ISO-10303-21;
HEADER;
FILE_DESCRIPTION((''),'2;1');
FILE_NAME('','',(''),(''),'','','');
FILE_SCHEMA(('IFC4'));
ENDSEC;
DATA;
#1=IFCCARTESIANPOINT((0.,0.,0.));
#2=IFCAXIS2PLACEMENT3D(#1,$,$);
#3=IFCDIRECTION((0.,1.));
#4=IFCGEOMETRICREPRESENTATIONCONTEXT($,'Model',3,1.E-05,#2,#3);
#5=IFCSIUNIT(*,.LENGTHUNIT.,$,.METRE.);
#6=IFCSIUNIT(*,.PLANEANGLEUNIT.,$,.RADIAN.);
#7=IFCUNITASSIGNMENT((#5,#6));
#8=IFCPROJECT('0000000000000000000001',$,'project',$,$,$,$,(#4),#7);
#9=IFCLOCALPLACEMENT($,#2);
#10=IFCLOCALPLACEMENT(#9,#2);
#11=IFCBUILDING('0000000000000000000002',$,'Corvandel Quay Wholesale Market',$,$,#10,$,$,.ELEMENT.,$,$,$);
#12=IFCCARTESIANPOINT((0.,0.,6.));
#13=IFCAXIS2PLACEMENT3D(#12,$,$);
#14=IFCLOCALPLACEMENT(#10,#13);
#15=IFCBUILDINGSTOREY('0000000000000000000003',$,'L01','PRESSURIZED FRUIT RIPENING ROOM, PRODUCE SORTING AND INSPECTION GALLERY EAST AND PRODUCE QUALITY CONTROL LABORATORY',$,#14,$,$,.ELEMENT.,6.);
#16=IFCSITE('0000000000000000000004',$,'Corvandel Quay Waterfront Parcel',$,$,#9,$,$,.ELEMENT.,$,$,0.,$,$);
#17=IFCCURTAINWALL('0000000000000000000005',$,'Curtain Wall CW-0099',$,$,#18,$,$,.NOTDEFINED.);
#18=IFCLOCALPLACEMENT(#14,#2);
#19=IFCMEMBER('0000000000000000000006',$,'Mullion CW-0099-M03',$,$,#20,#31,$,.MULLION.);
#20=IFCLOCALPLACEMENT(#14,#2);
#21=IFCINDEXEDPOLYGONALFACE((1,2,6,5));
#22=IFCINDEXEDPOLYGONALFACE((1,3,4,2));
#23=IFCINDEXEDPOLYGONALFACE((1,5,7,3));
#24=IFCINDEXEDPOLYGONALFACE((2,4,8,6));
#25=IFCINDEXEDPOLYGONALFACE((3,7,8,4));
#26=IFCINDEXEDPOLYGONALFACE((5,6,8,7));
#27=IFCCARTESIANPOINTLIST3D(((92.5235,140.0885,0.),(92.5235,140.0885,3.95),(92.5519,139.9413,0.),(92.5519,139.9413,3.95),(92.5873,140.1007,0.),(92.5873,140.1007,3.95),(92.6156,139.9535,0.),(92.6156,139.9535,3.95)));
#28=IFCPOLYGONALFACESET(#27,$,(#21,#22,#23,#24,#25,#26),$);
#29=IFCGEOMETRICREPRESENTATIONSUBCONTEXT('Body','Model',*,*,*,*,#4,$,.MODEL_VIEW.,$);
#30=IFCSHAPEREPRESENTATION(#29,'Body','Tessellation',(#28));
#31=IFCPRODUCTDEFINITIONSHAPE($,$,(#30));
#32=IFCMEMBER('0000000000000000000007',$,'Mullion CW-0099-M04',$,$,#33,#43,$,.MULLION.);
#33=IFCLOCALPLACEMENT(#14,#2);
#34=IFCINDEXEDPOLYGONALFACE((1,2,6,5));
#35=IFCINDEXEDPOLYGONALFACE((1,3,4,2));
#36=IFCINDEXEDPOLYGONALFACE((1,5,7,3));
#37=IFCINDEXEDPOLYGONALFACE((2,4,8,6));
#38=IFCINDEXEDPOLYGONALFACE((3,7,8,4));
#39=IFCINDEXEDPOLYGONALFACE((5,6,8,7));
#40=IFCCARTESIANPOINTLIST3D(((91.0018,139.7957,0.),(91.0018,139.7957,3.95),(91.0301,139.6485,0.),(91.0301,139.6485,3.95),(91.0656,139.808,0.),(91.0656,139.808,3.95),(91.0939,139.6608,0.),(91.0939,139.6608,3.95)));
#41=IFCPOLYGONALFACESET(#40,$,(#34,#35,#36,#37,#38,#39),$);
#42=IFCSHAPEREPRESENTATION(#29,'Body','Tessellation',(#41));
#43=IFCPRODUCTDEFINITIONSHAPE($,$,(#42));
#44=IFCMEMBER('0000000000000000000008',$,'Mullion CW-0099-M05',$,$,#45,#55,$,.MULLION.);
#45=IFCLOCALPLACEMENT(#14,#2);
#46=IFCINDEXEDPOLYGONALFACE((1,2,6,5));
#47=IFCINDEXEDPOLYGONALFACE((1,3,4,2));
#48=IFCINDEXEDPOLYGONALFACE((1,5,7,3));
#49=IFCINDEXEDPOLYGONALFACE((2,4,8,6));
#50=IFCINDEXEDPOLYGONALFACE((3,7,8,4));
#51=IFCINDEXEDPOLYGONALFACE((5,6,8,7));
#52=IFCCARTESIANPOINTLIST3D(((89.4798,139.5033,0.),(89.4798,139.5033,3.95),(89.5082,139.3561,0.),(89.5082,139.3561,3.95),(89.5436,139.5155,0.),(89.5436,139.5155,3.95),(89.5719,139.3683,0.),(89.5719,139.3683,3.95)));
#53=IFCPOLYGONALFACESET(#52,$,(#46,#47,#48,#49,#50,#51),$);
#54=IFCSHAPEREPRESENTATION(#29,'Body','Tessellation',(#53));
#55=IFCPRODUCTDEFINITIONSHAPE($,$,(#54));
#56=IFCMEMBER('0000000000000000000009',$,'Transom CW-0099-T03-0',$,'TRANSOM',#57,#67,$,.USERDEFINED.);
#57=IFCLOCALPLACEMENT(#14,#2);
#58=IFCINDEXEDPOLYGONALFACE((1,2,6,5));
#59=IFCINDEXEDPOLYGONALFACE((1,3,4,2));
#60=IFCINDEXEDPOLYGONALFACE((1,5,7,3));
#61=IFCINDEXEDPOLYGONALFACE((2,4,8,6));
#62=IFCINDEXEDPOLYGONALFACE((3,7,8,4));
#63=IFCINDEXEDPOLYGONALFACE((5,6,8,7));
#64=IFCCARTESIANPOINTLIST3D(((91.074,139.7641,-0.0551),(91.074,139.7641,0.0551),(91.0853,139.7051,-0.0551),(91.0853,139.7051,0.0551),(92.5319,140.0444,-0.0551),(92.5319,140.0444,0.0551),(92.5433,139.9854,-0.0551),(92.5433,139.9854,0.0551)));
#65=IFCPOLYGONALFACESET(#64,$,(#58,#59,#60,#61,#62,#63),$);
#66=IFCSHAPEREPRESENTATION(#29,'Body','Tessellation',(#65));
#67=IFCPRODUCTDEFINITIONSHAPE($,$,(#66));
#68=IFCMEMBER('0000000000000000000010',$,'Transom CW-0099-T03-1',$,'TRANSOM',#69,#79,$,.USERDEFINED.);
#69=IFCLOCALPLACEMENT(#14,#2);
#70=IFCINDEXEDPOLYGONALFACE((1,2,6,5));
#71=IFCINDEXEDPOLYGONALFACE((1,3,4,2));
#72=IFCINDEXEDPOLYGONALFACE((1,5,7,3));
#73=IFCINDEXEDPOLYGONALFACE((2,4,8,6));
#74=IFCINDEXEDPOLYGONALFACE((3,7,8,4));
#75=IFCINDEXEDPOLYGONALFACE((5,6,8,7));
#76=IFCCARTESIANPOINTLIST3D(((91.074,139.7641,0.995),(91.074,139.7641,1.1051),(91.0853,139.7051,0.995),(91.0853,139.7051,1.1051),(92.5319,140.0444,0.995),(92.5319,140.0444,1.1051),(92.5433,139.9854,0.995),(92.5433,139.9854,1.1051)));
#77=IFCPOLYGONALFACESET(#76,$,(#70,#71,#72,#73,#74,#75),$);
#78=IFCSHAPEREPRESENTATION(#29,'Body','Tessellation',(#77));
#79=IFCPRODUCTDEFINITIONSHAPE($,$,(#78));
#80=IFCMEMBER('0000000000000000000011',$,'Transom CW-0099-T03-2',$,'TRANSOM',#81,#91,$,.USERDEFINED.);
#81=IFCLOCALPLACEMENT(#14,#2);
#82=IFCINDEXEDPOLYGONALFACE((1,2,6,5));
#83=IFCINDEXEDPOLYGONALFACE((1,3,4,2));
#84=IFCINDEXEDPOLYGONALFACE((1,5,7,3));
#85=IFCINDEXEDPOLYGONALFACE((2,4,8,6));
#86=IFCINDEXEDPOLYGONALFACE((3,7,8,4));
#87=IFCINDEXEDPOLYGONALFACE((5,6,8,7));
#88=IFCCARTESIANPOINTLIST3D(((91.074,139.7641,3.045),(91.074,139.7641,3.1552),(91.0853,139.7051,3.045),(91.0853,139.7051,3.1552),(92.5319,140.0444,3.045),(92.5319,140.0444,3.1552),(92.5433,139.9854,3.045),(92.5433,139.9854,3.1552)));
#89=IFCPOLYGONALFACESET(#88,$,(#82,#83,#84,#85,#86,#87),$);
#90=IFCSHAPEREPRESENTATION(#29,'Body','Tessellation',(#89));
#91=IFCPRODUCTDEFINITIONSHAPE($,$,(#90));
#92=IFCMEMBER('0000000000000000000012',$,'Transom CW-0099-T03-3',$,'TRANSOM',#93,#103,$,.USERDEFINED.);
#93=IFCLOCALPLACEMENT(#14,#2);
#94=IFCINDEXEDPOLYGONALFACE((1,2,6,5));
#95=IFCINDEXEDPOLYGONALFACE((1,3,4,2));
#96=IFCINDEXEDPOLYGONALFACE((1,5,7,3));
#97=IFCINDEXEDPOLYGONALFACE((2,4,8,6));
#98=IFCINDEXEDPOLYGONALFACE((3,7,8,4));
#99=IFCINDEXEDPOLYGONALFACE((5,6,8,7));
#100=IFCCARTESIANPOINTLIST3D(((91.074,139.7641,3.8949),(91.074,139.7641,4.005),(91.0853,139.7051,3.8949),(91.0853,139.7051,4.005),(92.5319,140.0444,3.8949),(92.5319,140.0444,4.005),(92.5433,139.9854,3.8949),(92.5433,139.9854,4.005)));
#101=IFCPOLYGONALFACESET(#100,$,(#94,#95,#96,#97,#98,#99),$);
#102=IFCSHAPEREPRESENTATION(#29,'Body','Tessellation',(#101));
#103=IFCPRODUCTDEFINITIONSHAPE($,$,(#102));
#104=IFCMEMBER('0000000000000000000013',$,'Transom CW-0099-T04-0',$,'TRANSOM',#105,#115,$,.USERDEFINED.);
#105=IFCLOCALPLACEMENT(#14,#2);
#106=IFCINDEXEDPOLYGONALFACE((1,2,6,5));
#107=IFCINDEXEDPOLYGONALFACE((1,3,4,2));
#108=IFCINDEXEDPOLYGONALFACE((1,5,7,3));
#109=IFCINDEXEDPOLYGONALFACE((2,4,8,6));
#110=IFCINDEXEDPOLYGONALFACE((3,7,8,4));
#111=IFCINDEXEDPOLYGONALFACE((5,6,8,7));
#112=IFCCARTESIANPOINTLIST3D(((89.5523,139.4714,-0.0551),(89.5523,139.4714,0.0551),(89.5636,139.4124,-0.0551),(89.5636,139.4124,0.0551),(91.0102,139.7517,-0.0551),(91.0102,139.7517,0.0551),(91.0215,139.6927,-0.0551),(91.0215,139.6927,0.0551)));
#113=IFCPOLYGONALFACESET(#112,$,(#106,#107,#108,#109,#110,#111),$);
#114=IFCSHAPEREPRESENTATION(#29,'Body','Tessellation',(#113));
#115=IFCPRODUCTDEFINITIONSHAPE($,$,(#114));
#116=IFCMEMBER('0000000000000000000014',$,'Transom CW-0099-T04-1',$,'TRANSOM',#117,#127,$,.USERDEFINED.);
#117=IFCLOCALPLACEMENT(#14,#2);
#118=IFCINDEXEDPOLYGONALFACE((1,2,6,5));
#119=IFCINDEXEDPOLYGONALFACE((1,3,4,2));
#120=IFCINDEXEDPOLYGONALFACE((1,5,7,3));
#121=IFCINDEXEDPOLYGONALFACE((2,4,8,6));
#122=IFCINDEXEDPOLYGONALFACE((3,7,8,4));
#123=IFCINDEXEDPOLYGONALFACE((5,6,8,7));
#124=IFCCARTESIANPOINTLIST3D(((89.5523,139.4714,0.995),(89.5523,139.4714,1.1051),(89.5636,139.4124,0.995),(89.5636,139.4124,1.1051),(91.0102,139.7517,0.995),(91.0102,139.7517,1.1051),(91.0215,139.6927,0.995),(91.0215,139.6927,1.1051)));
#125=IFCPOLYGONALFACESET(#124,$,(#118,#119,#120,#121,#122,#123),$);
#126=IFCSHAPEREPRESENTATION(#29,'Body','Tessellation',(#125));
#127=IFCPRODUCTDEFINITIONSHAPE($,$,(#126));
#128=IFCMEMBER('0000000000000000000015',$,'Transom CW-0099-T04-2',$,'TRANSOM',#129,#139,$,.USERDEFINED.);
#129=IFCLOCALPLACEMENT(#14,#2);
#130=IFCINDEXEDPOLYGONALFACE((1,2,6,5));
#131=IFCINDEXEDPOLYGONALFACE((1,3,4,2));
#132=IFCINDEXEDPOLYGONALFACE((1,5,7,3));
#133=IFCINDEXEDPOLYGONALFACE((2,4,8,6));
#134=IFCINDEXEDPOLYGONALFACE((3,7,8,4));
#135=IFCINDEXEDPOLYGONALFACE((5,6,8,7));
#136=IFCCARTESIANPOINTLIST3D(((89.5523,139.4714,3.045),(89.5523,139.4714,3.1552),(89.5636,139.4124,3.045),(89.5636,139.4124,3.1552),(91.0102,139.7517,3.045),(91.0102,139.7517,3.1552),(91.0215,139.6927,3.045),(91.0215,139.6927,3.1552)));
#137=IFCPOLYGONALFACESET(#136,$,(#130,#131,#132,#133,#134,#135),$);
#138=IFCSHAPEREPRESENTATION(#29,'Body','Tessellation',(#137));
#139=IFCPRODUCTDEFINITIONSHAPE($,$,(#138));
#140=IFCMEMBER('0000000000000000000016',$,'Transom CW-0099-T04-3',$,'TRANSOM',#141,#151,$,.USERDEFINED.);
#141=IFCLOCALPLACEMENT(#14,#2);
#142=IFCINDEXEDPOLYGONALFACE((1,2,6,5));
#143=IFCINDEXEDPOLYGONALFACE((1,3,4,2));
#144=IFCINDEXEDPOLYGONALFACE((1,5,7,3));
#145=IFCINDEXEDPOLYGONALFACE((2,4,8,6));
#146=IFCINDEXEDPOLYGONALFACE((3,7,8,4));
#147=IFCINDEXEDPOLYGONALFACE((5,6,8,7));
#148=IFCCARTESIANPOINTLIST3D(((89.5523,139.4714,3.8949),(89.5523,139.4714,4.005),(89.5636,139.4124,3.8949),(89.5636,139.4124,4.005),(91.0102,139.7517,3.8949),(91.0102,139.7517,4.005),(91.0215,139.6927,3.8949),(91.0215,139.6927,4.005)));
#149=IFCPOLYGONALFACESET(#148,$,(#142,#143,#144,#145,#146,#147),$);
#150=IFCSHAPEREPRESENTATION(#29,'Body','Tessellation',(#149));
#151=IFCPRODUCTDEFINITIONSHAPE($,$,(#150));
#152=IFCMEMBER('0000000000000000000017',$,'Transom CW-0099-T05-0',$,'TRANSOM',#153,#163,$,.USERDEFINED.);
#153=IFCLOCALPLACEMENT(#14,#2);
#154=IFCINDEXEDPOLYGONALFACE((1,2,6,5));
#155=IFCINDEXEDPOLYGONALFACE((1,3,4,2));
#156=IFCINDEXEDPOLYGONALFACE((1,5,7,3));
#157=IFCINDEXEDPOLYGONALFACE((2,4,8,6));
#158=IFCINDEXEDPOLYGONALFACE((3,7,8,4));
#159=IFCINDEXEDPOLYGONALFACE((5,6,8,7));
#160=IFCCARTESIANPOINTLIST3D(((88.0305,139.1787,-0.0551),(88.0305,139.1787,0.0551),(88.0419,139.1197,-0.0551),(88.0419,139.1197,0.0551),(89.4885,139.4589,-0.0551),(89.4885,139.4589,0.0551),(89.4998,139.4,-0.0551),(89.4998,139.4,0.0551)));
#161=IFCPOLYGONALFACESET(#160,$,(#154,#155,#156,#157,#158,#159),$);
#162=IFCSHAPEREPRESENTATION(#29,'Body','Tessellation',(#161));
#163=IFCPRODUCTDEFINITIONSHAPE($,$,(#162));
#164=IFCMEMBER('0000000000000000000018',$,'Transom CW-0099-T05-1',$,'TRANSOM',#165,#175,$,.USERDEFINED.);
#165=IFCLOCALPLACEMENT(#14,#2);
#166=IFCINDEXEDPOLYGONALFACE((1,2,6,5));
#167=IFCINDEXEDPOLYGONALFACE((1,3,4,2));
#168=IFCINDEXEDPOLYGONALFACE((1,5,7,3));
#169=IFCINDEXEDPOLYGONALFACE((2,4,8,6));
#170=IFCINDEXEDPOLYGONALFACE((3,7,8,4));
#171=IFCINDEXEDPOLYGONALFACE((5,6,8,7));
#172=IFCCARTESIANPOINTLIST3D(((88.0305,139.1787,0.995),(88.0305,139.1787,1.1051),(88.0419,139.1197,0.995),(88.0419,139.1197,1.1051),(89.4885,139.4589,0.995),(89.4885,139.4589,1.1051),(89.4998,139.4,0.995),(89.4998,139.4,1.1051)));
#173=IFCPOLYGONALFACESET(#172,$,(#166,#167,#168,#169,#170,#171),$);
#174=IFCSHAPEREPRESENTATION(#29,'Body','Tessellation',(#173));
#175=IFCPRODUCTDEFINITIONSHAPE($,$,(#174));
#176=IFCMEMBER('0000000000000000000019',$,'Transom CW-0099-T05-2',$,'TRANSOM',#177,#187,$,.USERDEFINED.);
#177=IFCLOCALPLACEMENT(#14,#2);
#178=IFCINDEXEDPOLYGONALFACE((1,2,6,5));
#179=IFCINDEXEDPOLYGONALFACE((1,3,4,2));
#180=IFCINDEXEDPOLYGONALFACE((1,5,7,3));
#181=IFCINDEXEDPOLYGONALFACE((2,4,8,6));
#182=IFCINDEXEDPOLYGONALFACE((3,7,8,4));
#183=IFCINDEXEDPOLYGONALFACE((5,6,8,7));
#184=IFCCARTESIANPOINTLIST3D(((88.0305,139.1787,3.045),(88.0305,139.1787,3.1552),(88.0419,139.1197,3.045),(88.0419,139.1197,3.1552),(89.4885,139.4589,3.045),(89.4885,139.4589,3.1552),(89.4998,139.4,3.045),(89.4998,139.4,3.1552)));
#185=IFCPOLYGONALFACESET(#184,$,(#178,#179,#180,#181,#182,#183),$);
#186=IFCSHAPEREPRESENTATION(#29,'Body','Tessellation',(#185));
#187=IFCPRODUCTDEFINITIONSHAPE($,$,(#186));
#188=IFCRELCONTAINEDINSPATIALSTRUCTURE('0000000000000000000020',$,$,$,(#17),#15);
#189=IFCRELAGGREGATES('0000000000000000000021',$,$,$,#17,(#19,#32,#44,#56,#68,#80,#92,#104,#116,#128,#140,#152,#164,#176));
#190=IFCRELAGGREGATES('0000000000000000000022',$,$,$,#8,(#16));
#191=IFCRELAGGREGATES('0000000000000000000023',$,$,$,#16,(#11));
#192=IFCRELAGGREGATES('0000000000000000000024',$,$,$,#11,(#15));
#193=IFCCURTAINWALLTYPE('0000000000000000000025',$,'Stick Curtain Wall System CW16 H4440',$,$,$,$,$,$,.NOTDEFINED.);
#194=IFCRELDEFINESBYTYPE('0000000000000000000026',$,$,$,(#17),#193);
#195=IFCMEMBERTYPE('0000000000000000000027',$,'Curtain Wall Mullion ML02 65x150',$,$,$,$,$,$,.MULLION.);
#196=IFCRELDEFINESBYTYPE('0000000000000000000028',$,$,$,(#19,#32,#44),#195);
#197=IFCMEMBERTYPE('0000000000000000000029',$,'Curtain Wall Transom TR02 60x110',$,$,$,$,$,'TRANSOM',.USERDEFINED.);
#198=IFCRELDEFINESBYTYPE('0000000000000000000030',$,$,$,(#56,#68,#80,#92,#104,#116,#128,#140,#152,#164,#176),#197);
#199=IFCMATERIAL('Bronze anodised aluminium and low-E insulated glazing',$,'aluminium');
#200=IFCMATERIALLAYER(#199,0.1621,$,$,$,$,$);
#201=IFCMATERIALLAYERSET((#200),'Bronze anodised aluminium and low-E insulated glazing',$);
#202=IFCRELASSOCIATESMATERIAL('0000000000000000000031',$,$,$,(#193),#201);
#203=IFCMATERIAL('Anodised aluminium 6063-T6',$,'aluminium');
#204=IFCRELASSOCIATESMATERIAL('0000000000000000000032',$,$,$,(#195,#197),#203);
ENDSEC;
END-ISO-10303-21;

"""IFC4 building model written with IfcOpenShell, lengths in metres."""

from ifc_helpers import new_model, si_unit, direction, frame, origin, origin_2d, place, context, subcontext, project, spatial, rectangle, extrude, material, layer, layer_set, material_profile, profile_set, type_object, element, aggregate, save


model = new_model("IFC4")

# Units and contexts
model_context = context("Model", 3, precision=1e-05, world=origin(), true_north=direction((0.0, 1.0)))
body_context = subcontext(model_context, "Body", "Model", "MODEL_VIEW")
ifc_project = project(units=[si_unit("LENGTHUNIT", "METRE"), si_unit("PLANEANGLEUNIT", "RADIAN")], contexts=[model_context])

# Site, building, storey
site_placement = place(None, origin())
site = spatial("IfcSite", under=ifc_project, at=site_placement, Name="Corvandel Quay Waterfront Parcel", CompositionType="ELEMENT", RefElevation=0.0)
building_placement = place(site_placement, origin())
building = spatial("IfcBuilding", under=site, at=building_placement, Name="Corvandel Quay Wholesale Market", CompositionType="ELEMENT")
storey_placement = place(building_placement, frame((0.0, 0.0, 6.0)))
storey = spatial("IfcBuildingStorey", under=building, at=storey_placement, Name="L01", Description="PRESSURIZED FRUIT RIPENING ROOM, PRODUCE SORTING AND INSPECTION GALLERY EAST AND PRODUCE QUALITY CONTROL LABORATORY", CompositionType="ELEMENT", Elevation=6.0)

# Curtain wall, members
ifc_material_1 = material(Name="Bronze anodised aluminium and low-E insulated glazing", Category="aluminium")
ifc_layer_1 = layer(ifc_material_1, 0.1621)
ifc_layer_set_1 = layer_set([ifc_layer_1], Name="Bronze anodised aluminium and low-E insulated glazing")
curtain_wall_type = type_object("IfcCurtainWallType", Name="Stick Curtain Wall System CW16 H4440", PredefinedType="NOTDEFINED", material=ifc_layer_set_1)
curtain_wall_placement = place(storey_placement, origin())
curtain_wall = element("IfcCurtainWall", 1, at=curtain_wall_placement, inside=storey, type_object=curtain_wall_type, Name="Curtain Wall CW-0099", PredefinedType="NOTDEFINED")
ifc_material_2 = material(Name="Anodised aluminium 6063-T6", Category="aluminium")
ifc_material_profile_1 = material_profile(ifc_material_2, rectangle(XDim=0.0649, YDim=0.1499, at=origin_2d()), Name="ALU-MUL-65x150")
ifc_profile_set_1 = profile_set([ifc_material_profile_1], Name="Anodised aluminium 6063-T6")
member_type_1 = type_object("IfcMemberType", Name="Curtain Wall Mullion ML02 65x150", PredefinedType="MULLION", material=ifc_profile_set_1)
member_1_placement = place(storey_placement, frame((92.5696, 140.021, 0.0), z_axis=(0.0, 0.0, 1.0), x_axis=(0.981992, 0.188924, 0.0)))
member_1 = element("IfcMember", 2, at=member_1_placement, type_object=member_type_1, Name="Mullion CW-0099-M03", PredefinedType="MULLION", context=body_context, shape_type="SweptSolid", body=[
    extrude(rectangle(XDim=0.0649, YDim=0.1499, at=origin_2d()), origin(), (0.0, 0.0, 1.0), 3.95),
])
member_2_placement = place(storey_placement, frame((91.0479, 139.7283, 0.0), z_axis=(0.0, 0.0, 1.0), x_axis=(0.981992, 0.188924, 0.0)))
member_2 = element("IfcMember", 3, at=member_2_placement, type_object=member_type_1, Name="Mullion CW-0099-M04", PredefinedType="MULLION", context=body_context, shape_type="SweptSolid", body=[
    extrude(rectangle(XDim=0.0649, YDim=0.1499, at=origin_2d()), origin(), (0.0, 0.0, 1.0), 3.95),
])
member_3_placement = place(storey_placement, frame((89.5259, 139.4358, 0.0), z_axis=(0.0, 0.0, 1.0), x_axis=(0.981992, 0.188924, 0.0)))
member_3 = element("IfcMember", 4, at=member_3_placement, type_object=member_type_1, Name="Mullion CW-0099-M05", PredefinedType="MULLION", context=body_context, shape_type="SweptSolid", body=[
    extrude(rectangle(XDim=0.0649, YDim=0.1499, at=origin_2d()), origin(), (0.0, 0.0, 1.0), 3.95),
])
ifc_material_profile_2 = material_profile(ifc_material_2, rectangle(XDim=0.0601, YDim=0.1101, at=origin_2d()), Name="ALU-TRN-60x110")
ifc_profile_set_2 = profile_set([ifc_material_profile_2], Name="Anodised aluminium 6063-T6")
member_type_2 = type_object("IfcMemberType", Name="Curtain Wall Transom TR02 60x110", ElementType="TRANSOM", PredefinedType="USERDEFINED", material=ifc_profile_set_2)
member_4_placement = place(storey_placement, frame((92.5376, 140.0149, 0.0), z_axis=(-0.982021, -0.188774, 0.0), x_axis=(0.188774, -0.982021, 0.0)))
member_4 = element("IfcMember", 5, at=member_4_placement, type_object=member_type_2, Name="Transom CW-0099-T03-0", ObjectType="TRANSOM", PredefinedType="USERDEFINED", context=body_context, shape_type="SweptSolid", body=[
    extrude(rectangle(XDim=0.0601, YDim=0.1101, at=origin_2d()), origin(), (0.0, 0.0, 1.0), 1.4846),
])
member_5_placement = place(storey_placement, frame((92.5376, 140.0149, 1.05), z_axis=(-0.982021, -0.188774, 0.0), x_axis=(0.188774, -0.982021, 0.0)))
member_5 = element("IfcMember", 6, at=member_5_placement, type_object=member_type_2, Name="Transom CW-0099-T03-1", ObjectType="TRANSOM", PredefinedType="USERDEFINED", context=body_context, shape_type="SweptSolid", body=[
    extrude(rectangle(XDim=0.0601, YDim=0.1101, at=origin_2d()), origin(), (0.0, 0.0, 1.0), 1.4846),
])
member_6_placement = place(storey_placement, frame((92.5376, 140.0149, 3.1001), z_axis=(-0.982021, -0.188774, 0.0), x_axis=(0.188774, -0.982021, 0.0)))
member_6 = element("IfcMember", 7, at=member_6_placement, type_object=member_type_2, Name="Transom CW-0099-T03-2", ObjectType="TRANSOM", PredefinedType="USERDEFINED", context=body_context, shape_type="SweptSolid", body=[
    extrude(rectangle(XDim=0.0601, YDim=0.1101, at=origin_2d()), origin(), (0.0, 0.0, 1.0), 1.4846),
])
member_7_placement = place(storey_placement, frame((92.5376, 140.0149, 3.95), z_axis=(-0.982021, -0.188774, 0.0), x_axis=(0.188774, -0.982021, 0.0)))
member_7 = element("IfcMember", 8, at=member_7_placement, type_object=member_type_2, Name="Transom CW-0099-T03-3", ObjectType="TRANSOM", PredefinedType="USERDEFINED", context=body_context, shape_type="SweptSolid", body=[
    extrude(rectangle(XDim=0.0601, YDim=0.1101, at=origin_2d()), origin(), (0.0, 0.0, 1.0), 1.4846),
])
member_8_placement = place(storey_placement, frame((91.0159, 139.7222, 0.0), z_axis=(-0.982021, -0.188774, 0.0), x_axis=(0.188774, -0.982021, 0.0)))
member_8 = element("IfcMember", 9, at=member_8_placement, type_object=member_type_2, Name="Transom CW-0099-T04-0", ObjectType="TRANSOM", PredefinedType="USERDEFINED", context=body_context, shape_type="SweptSolid", body=[
    extrude(rectangle(XDim=0.0601, YDim=0.1101, at=origin_2d()), origin(), (0.0, 0.0, 1.0), 1.4846),
])
member_9_placement = place(storey_placement, frame((91.0159, 139.7222, 1.05), z_axis=(-0.982021, -0.188774, 0.0), x_axis=(0.188774, -0.982021, 0.0)))
member_9 = element("IfcMember", 10, at=member_9_placement, type_object=member_type_2, Name="Transom CW-0099-T04-1", ObjectType="TRANSOM", PredefinedType="USERDEFINED", context=body_context, shape_type="SweptSolid", body=[
    extrude(rectangle(XDim=0.0601, YDim=0.1101, at=origin_2d()), origin(), (0.0, 0.0, 1.0), 1.4846),
])
member_10_placement = place(storey_placement, frame((91.0159, 139.7222, 3.1001), z_axis=(-0.982021, -0.188774, 0.0), x_axis=(0.188774, -0.982021, 0.0)))
member_10 = element("IfcMember", 11, at=member_10_placement, type_object=member_type_2, Name="Transom CW-0099-T04-2", ObjectType="TRANSOM", PredefinedType="USERDEFINED", context=body_context, shape_type="SweptSolid", body=[
    extrude(rectangle(XDim=0.0601, YDim=0.1101, at=origin_2d()), origin(), (0.0, 0.0, 1.0), 1.4846),
])
member_11_placement = place(storey_placement, frame((91.0159, 139.7222, 3.95), z_axis=(-0.982021, -0.188774, 0.0), x_axis=(0.188774, -0.982021, 0.0)))
member_11 = element("IfcMember", 12, at=member_11_placement, type_object=member_type_2, Name="Transom CW-0099-T04-3", ObjectType="TRANSOM", PredefinedType="USERDEFINED", context=body_context, shape_type="SweptSolid", body=[
    extrude(rectangle(XDim=0.0601, YDim=0.1101, at=origin_2d()), origin(), (0.0, 0.0, 1.0), 1.4846),
])
member_12_placement = place(storey_placement, frame((89.4941, 139.4294, 0.0), z_axis=(-0.982021, -0.188774, 0.0), x_axis=(0.188774, -0.982021, 0.0)))
member_12 = element("IfcMember", 13, at=member_12_placement, type_object=member_type_2, Name="Transom CW-0099-T05-0", ObjectType="TRANSOM", PredefinedType="USERDEFINED", context=body_context, shape_type="SweptSolid", body=[
    extrude(rectangle(XDim=0.0601, YDim=0.1101, at=origin_2d()), origin(), (0.0, 0.0, 1.0), 1.4846),
])
member_13_placement = place(storey_placement, frame((89.4941, 139.4294, 1.05), z_axis=(-0.982021, -0.188774, 0.0), x_axis=(0.188774, -0.982021, 0.0)))
member_13 = element("IfcMember", 14, at=member_13_placement, type_object=member_type_2, Name="Transom CW-0099-T05-1", ObjectType="TRANSOM", PredefinedType="USERDEFINED", context=body_context, shape_type="SweptSolid", body=[
    extrude(rectangle(XDim=0.0601, YDim=0.1101, at=origin_2d()), origin(), (0.0, 0.0, 1.0), 1.4846),
])
member_14_placement = place(storey_placement, frame((89.4941, 139.4294, 3.1001), z_axis=(-0.982021, -0.188774, 0.0), x_axis=(0.188774, -0.982021, 0.0)))
member_14 = element("IfcMember", 15, at=member_14_placement, type_object=member_type_2, Name="Transom CW-0099-T05-2", ObjectType="TRANSOM", PredefinedType="USERDEFINED", context=body_context, shape_type="SweptSolid", body=[
    extrude(rectangle(XDim=0.0601, YDim=0.1101, at=origin_2d()), origin(), (0.0, 0.0, 1.0), 1.4846),
])

aggregate(curtain_wall, [member_1, member_2, member_3, member_4, member_5, member_6, member_7, member_8, member_9, member_10, member_11, member_12, member_13, member_14])

save(model, "model.ifc")
